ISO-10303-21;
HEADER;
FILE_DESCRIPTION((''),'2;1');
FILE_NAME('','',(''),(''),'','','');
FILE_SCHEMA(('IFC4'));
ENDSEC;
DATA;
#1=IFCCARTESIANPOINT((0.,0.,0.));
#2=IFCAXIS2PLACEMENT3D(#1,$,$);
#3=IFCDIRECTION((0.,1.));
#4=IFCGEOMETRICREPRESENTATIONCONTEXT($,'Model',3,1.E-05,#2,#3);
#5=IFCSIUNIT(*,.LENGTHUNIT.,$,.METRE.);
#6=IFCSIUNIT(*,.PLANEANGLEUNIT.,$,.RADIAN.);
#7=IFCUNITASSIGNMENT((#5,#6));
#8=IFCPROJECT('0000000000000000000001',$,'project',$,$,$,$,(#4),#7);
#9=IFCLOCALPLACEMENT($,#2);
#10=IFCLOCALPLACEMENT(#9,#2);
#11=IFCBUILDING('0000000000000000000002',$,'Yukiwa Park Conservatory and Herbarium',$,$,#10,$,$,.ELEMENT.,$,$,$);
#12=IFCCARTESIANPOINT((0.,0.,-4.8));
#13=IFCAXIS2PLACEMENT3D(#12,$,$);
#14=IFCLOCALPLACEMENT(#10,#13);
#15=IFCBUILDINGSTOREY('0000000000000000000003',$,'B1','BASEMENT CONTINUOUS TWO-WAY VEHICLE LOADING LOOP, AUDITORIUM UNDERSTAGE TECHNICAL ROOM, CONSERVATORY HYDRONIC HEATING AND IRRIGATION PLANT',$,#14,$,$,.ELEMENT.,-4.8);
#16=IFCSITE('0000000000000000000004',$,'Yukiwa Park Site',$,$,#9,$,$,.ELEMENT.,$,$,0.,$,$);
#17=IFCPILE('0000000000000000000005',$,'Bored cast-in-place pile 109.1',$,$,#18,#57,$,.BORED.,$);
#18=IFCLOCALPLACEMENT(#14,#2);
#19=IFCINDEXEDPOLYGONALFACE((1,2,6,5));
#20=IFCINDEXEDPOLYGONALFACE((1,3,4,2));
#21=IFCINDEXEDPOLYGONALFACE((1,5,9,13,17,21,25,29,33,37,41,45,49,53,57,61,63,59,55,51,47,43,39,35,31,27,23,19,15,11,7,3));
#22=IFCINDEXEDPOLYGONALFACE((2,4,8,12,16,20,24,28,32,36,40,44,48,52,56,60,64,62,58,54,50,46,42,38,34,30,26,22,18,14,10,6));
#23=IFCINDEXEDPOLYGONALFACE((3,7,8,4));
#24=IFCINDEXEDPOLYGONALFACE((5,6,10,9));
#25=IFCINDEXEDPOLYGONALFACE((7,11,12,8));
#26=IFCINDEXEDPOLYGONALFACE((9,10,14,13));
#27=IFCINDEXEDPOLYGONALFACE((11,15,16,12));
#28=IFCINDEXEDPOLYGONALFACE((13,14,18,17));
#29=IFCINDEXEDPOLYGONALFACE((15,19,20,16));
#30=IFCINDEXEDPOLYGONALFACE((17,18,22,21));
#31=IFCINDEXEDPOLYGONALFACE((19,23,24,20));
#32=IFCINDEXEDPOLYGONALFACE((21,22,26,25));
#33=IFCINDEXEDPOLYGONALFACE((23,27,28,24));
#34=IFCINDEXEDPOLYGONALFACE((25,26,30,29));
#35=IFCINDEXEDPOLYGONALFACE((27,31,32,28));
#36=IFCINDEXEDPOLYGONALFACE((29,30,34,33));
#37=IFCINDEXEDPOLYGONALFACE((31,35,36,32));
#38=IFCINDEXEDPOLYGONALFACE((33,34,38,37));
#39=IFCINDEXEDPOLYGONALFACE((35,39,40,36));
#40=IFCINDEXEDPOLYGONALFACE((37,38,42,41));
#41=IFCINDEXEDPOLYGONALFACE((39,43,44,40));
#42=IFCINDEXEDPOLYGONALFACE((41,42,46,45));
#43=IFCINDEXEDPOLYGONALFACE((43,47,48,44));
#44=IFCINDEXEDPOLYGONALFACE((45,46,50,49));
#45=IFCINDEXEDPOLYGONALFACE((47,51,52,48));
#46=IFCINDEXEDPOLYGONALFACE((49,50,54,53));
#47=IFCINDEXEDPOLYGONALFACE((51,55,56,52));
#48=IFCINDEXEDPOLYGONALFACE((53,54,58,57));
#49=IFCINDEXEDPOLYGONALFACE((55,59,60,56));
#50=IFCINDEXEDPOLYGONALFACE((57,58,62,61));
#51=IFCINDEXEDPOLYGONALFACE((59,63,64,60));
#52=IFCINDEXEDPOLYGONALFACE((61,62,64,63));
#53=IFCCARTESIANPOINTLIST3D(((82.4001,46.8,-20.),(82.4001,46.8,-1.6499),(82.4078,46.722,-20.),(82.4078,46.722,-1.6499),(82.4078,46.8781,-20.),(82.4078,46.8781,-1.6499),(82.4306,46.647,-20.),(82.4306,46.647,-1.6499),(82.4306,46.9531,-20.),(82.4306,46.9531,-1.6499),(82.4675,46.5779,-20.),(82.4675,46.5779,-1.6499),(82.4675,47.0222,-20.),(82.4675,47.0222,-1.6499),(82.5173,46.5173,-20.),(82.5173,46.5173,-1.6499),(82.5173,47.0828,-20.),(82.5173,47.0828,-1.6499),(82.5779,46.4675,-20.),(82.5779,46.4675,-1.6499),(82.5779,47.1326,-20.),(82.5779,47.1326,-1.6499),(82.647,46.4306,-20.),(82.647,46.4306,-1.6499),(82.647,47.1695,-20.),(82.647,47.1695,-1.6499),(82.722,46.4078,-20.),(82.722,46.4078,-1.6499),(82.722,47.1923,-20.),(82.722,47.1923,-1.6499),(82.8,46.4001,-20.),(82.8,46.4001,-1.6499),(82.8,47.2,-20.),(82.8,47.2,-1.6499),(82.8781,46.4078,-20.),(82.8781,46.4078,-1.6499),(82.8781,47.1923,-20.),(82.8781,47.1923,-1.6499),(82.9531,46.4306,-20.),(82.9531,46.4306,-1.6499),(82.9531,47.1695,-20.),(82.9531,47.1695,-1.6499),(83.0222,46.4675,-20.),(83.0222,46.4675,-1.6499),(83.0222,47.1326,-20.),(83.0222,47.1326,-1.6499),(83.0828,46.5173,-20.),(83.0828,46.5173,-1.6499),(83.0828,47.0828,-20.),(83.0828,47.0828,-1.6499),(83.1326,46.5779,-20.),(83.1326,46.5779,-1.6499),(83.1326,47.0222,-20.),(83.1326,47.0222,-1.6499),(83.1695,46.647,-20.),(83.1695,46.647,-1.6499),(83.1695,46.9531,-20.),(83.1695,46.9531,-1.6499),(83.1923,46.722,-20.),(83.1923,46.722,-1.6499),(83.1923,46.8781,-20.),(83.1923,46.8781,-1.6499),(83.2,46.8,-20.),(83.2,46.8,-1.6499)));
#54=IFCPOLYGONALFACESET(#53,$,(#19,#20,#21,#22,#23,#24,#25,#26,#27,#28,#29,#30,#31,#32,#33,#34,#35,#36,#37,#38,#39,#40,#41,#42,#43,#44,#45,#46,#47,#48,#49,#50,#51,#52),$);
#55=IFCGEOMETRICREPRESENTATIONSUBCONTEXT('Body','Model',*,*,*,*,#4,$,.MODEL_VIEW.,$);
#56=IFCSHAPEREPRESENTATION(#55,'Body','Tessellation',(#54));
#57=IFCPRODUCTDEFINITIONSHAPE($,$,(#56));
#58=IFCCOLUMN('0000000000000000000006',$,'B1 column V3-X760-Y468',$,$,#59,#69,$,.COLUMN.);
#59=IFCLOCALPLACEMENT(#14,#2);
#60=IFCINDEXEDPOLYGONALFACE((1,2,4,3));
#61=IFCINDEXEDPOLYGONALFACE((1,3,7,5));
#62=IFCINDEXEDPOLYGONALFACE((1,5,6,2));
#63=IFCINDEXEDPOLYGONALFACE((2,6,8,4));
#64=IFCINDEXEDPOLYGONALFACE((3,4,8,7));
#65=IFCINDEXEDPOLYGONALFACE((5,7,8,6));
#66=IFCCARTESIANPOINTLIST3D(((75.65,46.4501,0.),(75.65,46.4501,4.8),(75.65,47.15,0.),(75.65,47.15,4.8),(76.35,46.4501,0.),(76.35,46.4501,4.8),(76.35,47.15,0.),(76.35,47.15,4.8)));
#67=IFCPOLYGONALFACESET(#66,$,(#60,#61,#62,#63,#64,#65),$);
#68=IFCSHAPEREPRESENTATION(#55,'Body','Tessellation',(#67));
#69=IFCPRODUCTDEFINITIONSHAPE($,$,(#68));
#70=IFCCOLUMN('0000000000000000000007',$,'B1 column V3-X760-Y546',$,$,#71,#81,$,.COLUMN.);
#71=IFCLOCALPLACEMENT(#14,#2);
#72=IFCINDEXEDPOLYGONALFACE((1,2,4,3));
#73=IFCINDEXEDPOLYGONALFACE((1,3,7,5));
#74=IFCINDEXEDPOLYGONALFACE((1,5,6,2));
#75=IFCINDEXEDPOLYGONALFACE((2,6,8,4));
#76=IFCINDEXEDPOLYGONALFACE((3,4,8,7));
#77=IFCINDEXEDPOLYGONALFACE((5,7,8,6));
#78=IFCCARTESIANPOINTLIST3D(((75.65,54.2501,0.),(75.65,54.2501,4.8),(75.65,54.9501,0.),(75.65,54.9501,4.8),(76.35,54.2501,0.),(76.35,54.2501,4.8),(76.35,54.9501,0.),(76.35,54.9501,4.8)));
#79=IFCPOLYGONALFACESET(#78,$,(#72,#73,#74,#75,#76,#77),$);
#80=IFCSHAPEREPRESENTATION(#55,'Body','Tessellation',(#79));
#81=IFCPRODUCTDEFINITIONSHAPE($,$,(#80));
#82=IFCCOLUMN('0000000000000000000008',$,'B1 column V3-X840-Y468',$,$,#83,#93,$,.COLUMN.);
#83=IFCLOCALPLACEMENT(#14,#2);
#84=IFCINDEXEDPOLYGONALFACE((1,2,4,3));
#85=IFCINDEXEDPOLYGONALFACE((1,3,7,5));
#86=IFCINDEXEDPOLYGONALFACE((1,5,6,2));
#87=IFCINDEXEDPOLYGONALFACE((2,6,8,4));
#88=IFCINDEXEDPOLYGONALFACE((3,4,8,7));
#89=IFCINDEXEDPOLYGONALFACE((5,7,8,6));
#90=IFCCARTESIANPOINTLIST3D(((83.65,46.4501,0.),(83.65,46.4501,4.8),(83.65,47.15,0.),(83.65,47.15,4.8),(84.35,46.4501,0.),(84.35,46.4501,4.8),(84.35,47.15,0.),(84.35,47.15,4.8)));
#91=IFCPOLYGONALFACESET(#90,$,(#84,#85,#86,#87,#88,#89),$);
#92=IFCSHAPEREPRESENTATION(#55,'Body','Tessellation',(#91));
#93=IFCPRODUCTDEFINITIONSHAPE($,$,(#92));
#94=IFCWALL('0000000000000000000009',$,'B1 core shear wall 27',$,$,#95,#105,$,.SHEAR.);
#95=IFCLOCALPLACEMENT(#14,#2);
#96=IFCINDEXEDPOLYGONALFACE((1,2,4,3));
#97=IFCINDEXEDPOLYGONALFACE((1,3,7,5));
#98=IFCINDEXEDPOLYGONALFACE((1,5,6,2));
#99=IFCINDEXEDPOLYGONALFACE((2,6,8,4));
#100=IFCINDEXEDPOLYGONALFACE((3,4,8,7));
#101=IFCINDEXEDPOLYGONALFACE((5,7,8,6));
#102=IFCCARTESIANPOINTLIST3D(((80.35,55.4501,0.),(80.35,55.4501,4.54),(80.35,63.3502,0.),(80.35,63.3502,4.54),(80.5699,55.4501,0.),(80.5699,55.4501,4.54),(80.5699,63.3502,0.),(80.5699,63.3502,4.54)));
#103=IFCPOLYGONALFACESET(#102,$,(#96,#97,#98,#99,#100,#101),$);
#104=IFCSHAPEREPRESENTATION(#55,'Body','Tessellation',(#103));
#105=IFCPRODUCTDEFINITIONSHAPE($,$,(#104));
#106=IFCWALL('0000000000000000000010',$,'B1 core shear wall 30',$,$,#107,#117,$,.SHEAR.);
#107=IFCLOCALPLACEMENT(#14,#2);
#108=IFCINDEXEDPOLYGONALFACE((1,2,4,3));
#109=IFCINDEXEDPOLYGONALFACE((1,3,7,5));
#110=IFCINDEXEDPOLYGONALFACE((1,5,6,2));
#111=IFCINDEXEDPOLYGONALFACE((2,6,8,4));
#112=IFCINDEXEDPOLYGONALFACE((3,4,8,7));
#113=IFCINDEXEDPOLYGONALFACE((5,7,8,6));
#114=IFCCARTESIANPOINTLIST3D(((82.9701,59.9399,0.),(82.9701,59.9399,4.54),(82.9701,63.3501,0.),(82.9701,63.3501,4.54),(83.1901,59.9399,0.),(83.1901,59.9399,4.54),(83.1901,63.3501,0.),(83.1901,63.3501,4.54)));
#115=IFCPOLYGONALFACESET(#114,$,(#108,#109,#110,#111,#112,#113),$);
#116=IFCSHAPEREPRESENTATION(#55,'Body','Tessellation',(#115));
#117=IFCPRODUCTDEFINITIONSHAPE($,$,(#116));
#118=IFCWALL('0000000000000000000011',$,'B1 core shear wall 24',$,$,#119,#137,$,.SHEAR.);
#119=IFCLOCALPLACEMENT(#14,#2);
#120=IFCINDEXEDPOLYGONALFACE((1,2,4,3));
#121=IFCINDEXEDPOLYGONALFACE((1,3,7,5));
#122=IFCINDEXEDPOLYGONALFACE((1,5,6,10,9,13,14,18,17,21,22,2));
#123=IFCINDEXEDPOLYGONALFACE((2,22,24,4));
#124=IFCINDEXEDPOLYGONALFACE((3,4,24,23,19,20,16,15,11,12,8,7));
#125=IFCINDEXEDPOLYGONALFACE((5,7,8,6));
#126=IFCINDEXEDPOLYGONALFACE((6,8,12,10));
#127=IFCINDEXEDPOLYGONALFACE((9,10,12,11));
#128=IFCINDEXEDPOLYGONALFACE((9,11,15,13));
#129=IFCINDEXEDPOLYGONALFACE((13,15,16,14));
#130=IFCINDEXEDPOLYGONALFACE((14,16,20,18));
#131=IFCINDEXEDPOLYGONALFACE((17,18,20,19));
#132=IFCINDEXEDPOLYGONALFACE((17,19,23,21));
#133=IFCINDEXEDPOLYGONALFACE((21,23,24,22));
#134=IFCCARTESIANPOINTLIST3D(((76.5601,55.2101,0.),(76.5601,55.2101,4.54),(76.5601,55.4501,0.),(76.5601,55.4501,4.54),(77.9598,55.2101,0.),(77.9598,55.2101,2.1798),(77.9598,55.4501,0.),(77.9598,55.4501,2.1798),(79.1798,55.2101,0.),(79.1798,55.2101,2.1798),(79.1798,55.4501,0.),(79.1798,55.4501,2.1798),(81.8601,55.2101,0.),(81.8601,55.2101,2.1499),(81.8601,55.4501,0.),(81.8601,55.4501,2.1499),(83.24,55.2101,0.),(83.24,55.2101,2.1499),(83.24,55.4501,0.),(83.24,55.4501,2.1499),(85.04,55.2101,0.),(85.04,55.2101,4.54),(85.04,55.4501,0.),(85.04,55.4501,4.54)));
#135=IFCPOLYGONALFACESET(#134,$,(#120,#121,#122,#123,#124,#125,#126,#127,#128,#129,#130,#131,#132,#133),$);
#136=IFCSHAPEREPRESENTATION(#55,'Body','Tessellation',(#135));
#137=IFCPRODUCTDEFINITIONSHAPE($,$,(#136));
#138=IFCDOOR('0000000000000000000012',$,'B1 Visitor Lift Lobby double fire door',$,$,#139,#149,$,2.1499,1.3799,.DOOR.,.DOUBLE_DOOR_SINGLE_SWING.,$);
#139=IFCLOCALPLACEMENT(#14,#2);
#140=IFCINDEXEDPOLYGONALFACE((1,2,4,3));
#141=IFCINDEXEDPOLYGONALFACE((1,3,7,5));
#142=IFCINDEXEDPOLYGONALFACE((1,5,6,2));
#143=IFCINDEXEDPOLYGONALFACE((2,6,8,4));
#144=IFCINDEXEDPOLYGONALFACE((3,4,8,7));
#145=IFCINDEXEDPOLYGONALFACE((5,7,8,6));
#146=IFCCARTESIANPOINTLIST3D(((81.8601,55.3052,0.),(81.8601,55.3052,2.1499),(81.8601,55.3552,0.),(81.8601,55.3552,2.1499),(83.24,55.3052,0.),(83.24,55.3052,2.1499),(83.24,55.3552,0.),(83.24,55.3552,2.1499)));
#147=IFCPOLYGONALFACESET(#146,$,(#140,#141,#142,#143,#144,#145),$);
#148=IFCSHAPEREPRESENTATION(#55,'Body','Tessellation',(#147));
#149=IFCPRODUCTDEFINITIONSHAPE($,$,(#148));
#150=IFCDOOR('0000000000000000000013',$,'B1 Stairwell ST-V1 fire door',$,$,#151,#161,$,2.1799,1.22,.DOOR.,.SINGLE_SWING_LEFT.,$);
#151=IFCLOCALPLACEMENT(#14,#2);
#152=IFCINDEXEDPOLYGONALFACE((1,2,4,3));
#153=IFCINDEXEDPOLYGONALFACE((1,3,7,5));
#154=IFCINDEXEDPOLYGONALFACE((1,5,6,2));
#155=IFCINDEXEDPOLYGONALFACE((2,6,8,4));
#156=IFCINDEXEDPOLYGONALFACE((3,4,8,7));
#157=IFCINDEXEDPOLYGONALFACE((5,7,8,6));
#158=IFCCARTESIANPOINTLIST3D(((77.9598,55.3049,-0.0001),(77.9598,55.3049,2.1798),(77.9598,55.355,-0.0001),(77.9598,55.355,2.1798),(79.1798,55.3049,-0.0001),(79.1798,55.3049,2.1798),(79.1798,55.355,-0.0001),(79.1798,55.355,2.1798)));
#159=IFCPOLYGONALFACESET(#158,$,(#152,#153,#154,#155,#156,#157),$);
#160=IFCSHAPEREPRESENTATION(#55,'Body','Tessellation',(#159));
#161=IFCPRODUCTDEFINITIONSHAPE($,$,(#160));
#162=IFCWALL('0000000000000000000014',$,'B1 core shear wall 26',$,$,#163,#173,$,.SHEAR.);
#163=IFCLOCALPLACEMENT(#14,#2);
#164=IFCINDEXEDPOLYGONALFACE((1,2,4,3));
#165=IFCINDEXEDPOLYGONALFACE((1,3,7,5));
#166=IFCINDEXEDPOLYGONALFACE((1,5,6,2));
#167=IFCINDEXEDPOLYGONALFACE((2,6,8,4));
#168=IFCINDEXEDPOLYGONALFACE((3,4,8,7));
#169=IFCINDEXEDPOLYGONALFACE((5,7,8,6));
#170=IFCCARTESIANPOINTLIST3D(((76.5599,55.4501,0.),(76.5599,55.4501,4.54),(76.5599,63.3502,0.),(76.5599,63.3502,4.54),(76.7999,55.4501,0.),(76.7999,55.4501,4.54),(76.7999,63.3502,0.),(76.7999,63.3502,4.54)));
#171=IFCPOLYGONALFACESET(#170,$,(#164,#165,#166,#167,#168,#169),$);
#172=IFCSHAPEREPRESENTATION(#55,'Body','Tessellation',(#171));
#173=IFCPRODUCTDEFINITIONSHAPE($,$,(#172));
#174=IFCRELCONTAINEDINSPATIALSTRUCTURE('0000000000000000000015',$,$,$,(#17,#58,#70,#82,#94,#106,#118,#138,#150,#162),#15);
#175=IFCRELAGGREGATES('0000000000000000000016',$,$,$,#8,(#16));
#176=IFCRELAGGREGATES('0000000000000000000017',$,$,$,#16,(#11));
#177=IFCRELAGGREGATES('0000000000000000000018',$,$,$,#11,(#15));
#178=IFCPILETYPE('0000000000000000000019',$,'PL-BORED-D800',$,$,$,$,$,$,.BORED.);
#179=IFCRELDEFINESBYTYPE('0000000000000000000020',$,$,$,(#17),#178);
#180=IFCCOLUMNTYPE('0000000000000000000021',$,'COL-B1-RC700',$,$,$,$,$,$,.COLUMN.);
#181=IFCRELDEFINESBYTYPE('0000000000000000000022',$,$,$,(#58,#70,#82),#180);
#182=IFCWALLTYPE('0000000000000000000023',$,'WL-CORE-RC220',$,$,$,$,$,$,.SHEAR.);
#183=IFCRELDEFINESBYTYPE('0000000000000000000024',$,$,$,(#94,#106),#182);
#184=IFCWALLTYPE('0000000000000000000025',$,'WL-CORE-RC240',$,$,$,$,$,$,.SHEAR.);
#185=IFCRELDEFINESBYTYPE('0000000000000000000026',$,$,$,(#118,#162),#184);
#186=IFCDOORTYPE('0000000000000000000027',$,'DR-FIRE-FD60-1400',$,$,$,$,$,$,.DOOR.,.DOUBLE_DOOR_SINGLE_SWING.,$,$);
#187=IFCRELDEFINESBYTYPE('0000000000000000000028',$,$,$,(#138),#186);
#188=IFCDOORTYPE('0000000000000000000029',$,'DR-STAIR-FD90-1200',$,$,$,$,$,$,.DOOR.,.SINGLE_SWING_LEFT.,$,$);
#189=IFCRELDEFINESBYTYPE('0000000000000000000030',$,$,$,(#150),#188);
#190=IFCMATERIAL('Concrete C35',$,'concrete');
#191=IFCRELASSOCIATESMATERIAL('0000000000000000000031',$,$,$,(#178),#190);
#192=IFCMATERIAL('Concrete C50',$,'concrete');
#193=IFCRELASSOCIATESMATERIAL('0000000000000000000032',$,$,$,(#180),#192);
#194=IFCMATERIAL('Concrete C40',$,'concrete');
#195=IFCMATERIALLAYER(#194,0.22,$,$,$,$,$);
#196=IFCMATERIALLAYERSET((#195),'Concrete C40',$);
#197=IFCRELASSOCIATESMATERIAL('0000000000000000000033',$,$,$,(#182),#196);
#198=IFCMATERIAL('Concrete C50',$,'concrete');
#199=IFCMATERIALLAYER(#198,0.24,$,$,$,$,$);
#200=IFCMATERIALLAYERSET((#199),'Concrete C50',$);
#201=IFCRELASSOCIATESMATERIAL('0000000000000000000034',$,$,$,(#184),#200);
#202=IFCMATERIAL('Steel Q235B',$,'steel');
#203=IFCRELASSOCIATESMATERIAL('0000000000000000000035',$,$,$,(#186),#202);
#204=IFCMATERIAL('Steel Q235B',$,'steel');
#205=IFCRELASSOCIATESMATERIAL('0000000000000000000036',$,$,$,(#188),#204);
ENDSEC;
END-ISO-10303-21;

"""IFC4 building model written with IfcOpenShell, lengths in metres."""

from ifc_helpers import new_model, si_unit, direction, frame, frame_2d, origin, origin_2d, place, context, subcontext, project, spatial, rectangle, circle, extrude, material, layer, layer_set, material_profile, profile_set, type_object, element, fill, save


model = new_model("IFC4")

# Units and contexts
model_context = context("Model", 3, precision=1e-05, world=origin(), true_north=direction((0.0, 1.0)))
body_context = subcontext(model_context, "Body", "Model", "MODEL_VIEW")
ifc_project = project(units=[si_unit("LENGTHUNIT", "METRE"), si_unit("PLANEANGLEUNIT", "RADIAN")], contexts=[model_context])

# Site, building, storey
site_placement = place(None, origin())
site = spatial("IfcSite", under=ifc_project, at=site_placement, Name="Yukiwa Park Site", CompositionType="ELEMENT", RefElevation=0.0)
building_placement = place(site_placement, origin())
building = spatial("IfcBuilding", under=site, at=building_placement, Name="Yukiwa Park Conservatory and Herbarium", CompositionType="ELEMENT")
storey_placement = place(building_placement, frame((0.0, 0.0, -4.8)))
storey = spatial("IfcBuildingStorey", under=building, at=storey_placement, Name="B1", Description="BASEMENT CONTINUOUS TWO-WAY VEHICLE LOADING LOOP, AUDITORIUM UNDERSTAGE TECHNICAL ROOM, CONSERVATORY HYDRONIC HEATING AND IRRIGATION PLANT", CompositionType="ELEMENT", Elevation=-4.8)

# Pile
ifc_material_1 = material(Name="Concrete C35", Category="concrete")
ifc_material_profile_1 = material_profile(ifc_material_1, circle(Radius=0.3999, at=origin_2d()), Name="PILE D800")
ifc_profile_set_1 = profile_set([ifc_material_profile_1], Name="Concrete C35")
pile_type = type_object("IfcPileType", Name="PL-BORED-D800", PredefinedType="BORED", material=ifc_profile_set_1)
pile_1_placement = place(storey_placement, frame((82.8, 46.8, -1.6499), z_axis=(0.0, 0.0, -1.0), x_axis=(1.0, 0.0, 0.0)))
element("IfcPile", 1, at=pile_1_placement, inside=storey, type_object=pile_type, Name="Bored cast-in-place pile 109.1", PredefinedType="BORED", context=body_context, shape_type="SweptSolid", body=[
    extrude(circle(Radius=0.3999, at=origin_2d()), origin(), (0.0, 0.0, 1.0), 18.3501),
])

# Columns
ifc_material_2 = material(Name="Concrete C50", Category="concrete")
ifc_material_profile_2 = material_profile(ifc_material_2, rectangle(XDim=0.7, YDim=0.7, at=origin_2d()), Name="RC 700x700")
ifc_profile_set_2 = profile_set([ifc_material_profile_2], Name="Concrete C50")
column_type = type_object("IfcColumnType", Name="COL-B1-RC700", PredefinedType="COLUMN", material=ifc_profile_set_2)
for number, where, z_axis, x_axis, name in (
    (2, (76.0, 46.8, 0.0), (0.0, 0.0, 1.0), (1.0, 0.0, 0.0), "B1 column V3-X760-Y468"),
    (3, (76.0, 54.6001, 0.0), (0.0, 0.0, 1.0), (1.0, 0.0, 0.0), "B1 column V3-X760-Y546"),
    (4, (84.0, 46.8, 0.0), (0.0, 0.0, 1.0), (1.0, 0.0, 0.0), "B1 column V3-X840-Y468"),
):
    element("IfcColumn", number, at=place(storey_placement, frame(where, z_axis=z_axis, x_axis=x_axis)), inside=storey, type_object=column_type, Name=name, PredefinedType="COLUMN", context=body_context, shape_type="SweptSolid", body=[
        extrude(rectangle(XDim=0.7, YDim=0.7, at=origin_2d()), origin(), (0.0, 0.0, 1.0), 4.8),
    ])

# Wall
ifc_material_3 = material(Name="Concrete C40", Category="concrete")
ifc_layer_1 = layer(ifc_material_3, 0.22)
ifc_layer_set_1 = layer_set([ifc_layer_1], Name="Concrete C40")
wall_type_1 = type_object("IfcWallType", Name="WL-CORE-RC220", PredefinedType="SHEAR", material=ifc_layer_set_1)
wall_1_placement = place(storey_placement, frame((80.46, 55.45, 0.0), z_axis=(0.0, 0.0, 1.0), x_axis=(0.0, 1.0, 0.0)))
element("IfcWall", 5, at=wall_1_placement, inside=storey, type_object=wall_type_1, Name="B1 core shear wall 27", PredefinedType="SHEAR", context=body_context, shape_type="SweptSolid", body=[
    extrude(rectangle(XDim=7.9001, YDim=0.22, at=frame_2d((3.9502, 0.0))), origin(), (0.0, 0.0, 1.0), 4.54),
])

# Wall
wall_2_placement = place(storey_placement, frame((83.0801, 59.9399, 0.0), z_axis=(0.0, 0.0, 1.0), x_axis=(0.0, 1.0, 0.0)))
element("IfcWall", 6, at=wall_2_placement, inside=storey, type_object=wall_type_1, Name="B1 core shear wall 30", PredefinedType="SHEAR", context=body_context, shape_type="SweptSolid", body=[
    extrude(rectangle(XDim=3.4102, YDim=0.22, at=frame_2d((1.7051, 0.0))), origin(), (0.0, 0.0, 1.0), 4.54),
])

# Wall, openings, doors
ifc_material_4 = material(Name="Concrete C50", Category="concrete")
ifc_layer_2 = layer(ifc_material_4, 0.24)
ifc_layer_set_2 = layer_set([ifc_layer_2], Name="Concrete C50")
wall_type_2 = type_object("IfcWallType", Name="WL-CORE-RC240", PredefinedType="SHEAR", material=ifc_layer_set_2)
wall_3_placement = place(storey_placement, frame((76.5601, 55.3301, 0.0), z_axis=(0.0, 0.0, 1.0), x_axis=(1.0, 0.0, 0.0)))
wall_3 = element("IfcWall", 7, at=wall_3_placement, inside=storey, type_object=wall_type_2, Name="B1 core shear wall 24", PredefinedType="SHEAR", context=body_context, shape_type="SweptSolid", body=[
    extrude(rectangle(XDim=8.48, YDim=0.24, at=frame_2d((4.24, 0.0))), origin(), (0.0, 0.0, 1.0), 4.54),
])
opening_1_placement = place(wall_3_placement, frame((1.3999, 0.0, 0.0)))
opening_1 = element("IfcOpeningElement", 8, at=opening_1_placement, cuts=wall_3, PredefinedType="OPENING", context=body_context, shape_type="SweptSolid", body=[
    extrude(rectangle(XDim=1.22, YDim=2.1799, at=frame_2d((0.6099, 1.0898))), frame((0.0, 0.1299, 0.0), z_axis=(0.0, -1.0, 0.0), x_axis=(1.0, 0.0, 0.0)), (0.0, 0.0, 1.0), 0.26),
])
opening_2_placement = place(wall_3_placement, frame((5.3, 0.0, 0.0)))
opening_2 = element("IfcOpeningElement", 9, at=opening_2_placement, cuts=wall_3, PredefinedType="OPENING", context=body_context, shape_type="SweptSolid", body=[
    extrude(rectangle(XDim=1.3799, YDim=2.1499, at=frame_2d((0.6899, 1.075))), frame((0.0, 0.1299, 0.0), z_axis=(0.0, -1.0, 0.0), x_axis=(1.0, 0.0, 0.0)), (0.0, 0.0, 1.0), 0.26),
])
ifc_material_5 = material(Name="Steel Q235B", Category="steel")
door_type_1 = type_object("IfcDoorType", Name="DR-FIRE-FD60-1400", OperationType="DOUBLE_DOOR_SINGLE_SWING", PredefinedType="DOOR", material=ifc_material_5)
door_1_placement = place(opening_2_placement, frame((1.3799, 0.0, 0.0), z_axis=(0.0, 0.0, 1.0), x_axis=(-1.0, 0.0, 0.0)))
door_1 = element("IfcDoor", 10, at=door_1_placement, inside=storey, type_object=door_type_1, Name="B1 Visitor Lift Lobby double fire door", OperationType="DOUBLE_DOOR_SINGLE_SWING", OverallHeight=2.1499, OverallWidth=1.3799, PredefinedType="DOOR", context=body_context, shape_type="SweptSolid", body=[
    extrude(rectangle(XDim=1.3799, YDim=2.1499, at=frame_2d((0.6899, 1.075))), frame((0.0, 0.0249, 0.0), z_axis=(0.0, -1.0, 0.0), x_axis=(1.0, 0.0, 0.0)), (0.0, 0.0, 1.0), 0.05),
])
fill(opening_2, door_1)
ifc_material_6 = material(Name="Steel Q235B", Category="steel")
door_type_2 = type_object("IfcDoorType", Name="DR-STAIR-FD90-1200", OperationType="SINGLE_SWING_LEFT", PredefinedType="DOOR", material=ifc_material_6)
door_2_placement = place(opening_1_placement, origin())
door_2 = element("IfcDoor", 11, at=door_2_placement, inside=storey, type_object=door_type_2, Name="B1 Stairwell ST-V1 fire door", OperationType="SINGLE_SWING_LEFT", OverallHeight=2.1799, OverallWidth=1.22, PredefinedType="DOOR", context=body_context, shape_type="SweptSolid", body=[
    extrude(rectangle(XDim=1.22, YDim=2.1799, at=frame_2d((0.6099, 1.0898))), frame((0.0, 0.0249, 0.0), z_axis=(0.0, -1.0, 0.0), x_axis=(1.0, 0.0, 0.0)), (0.0, 0.0, 1.0), 0.05),
])
fill(opening_1, door_2)

# Wall
wall_4_placement = place(storey_placement, frame((76.6799, 55.45, 0.0), z_axis=(0.0, 0.0, 1.0), x_axis=(0.0, 1.0, 0.0)))
element("IfcWall", 12, at=wall_4_placement, inside=storey, type_object=wall_type_2, Name="B1 core shear wall 26", PredefinedType="SHEAR", context=body_context, shape_type="SweptSolid", body=[
    extrude(rectangle(XDim=7.9001, YDim=0.24, at=frame_2d((3.9502, 0.0))), origin(), (0.0, 0.0, 1.0), 4.54),
])

save(model, "model.ifc")
